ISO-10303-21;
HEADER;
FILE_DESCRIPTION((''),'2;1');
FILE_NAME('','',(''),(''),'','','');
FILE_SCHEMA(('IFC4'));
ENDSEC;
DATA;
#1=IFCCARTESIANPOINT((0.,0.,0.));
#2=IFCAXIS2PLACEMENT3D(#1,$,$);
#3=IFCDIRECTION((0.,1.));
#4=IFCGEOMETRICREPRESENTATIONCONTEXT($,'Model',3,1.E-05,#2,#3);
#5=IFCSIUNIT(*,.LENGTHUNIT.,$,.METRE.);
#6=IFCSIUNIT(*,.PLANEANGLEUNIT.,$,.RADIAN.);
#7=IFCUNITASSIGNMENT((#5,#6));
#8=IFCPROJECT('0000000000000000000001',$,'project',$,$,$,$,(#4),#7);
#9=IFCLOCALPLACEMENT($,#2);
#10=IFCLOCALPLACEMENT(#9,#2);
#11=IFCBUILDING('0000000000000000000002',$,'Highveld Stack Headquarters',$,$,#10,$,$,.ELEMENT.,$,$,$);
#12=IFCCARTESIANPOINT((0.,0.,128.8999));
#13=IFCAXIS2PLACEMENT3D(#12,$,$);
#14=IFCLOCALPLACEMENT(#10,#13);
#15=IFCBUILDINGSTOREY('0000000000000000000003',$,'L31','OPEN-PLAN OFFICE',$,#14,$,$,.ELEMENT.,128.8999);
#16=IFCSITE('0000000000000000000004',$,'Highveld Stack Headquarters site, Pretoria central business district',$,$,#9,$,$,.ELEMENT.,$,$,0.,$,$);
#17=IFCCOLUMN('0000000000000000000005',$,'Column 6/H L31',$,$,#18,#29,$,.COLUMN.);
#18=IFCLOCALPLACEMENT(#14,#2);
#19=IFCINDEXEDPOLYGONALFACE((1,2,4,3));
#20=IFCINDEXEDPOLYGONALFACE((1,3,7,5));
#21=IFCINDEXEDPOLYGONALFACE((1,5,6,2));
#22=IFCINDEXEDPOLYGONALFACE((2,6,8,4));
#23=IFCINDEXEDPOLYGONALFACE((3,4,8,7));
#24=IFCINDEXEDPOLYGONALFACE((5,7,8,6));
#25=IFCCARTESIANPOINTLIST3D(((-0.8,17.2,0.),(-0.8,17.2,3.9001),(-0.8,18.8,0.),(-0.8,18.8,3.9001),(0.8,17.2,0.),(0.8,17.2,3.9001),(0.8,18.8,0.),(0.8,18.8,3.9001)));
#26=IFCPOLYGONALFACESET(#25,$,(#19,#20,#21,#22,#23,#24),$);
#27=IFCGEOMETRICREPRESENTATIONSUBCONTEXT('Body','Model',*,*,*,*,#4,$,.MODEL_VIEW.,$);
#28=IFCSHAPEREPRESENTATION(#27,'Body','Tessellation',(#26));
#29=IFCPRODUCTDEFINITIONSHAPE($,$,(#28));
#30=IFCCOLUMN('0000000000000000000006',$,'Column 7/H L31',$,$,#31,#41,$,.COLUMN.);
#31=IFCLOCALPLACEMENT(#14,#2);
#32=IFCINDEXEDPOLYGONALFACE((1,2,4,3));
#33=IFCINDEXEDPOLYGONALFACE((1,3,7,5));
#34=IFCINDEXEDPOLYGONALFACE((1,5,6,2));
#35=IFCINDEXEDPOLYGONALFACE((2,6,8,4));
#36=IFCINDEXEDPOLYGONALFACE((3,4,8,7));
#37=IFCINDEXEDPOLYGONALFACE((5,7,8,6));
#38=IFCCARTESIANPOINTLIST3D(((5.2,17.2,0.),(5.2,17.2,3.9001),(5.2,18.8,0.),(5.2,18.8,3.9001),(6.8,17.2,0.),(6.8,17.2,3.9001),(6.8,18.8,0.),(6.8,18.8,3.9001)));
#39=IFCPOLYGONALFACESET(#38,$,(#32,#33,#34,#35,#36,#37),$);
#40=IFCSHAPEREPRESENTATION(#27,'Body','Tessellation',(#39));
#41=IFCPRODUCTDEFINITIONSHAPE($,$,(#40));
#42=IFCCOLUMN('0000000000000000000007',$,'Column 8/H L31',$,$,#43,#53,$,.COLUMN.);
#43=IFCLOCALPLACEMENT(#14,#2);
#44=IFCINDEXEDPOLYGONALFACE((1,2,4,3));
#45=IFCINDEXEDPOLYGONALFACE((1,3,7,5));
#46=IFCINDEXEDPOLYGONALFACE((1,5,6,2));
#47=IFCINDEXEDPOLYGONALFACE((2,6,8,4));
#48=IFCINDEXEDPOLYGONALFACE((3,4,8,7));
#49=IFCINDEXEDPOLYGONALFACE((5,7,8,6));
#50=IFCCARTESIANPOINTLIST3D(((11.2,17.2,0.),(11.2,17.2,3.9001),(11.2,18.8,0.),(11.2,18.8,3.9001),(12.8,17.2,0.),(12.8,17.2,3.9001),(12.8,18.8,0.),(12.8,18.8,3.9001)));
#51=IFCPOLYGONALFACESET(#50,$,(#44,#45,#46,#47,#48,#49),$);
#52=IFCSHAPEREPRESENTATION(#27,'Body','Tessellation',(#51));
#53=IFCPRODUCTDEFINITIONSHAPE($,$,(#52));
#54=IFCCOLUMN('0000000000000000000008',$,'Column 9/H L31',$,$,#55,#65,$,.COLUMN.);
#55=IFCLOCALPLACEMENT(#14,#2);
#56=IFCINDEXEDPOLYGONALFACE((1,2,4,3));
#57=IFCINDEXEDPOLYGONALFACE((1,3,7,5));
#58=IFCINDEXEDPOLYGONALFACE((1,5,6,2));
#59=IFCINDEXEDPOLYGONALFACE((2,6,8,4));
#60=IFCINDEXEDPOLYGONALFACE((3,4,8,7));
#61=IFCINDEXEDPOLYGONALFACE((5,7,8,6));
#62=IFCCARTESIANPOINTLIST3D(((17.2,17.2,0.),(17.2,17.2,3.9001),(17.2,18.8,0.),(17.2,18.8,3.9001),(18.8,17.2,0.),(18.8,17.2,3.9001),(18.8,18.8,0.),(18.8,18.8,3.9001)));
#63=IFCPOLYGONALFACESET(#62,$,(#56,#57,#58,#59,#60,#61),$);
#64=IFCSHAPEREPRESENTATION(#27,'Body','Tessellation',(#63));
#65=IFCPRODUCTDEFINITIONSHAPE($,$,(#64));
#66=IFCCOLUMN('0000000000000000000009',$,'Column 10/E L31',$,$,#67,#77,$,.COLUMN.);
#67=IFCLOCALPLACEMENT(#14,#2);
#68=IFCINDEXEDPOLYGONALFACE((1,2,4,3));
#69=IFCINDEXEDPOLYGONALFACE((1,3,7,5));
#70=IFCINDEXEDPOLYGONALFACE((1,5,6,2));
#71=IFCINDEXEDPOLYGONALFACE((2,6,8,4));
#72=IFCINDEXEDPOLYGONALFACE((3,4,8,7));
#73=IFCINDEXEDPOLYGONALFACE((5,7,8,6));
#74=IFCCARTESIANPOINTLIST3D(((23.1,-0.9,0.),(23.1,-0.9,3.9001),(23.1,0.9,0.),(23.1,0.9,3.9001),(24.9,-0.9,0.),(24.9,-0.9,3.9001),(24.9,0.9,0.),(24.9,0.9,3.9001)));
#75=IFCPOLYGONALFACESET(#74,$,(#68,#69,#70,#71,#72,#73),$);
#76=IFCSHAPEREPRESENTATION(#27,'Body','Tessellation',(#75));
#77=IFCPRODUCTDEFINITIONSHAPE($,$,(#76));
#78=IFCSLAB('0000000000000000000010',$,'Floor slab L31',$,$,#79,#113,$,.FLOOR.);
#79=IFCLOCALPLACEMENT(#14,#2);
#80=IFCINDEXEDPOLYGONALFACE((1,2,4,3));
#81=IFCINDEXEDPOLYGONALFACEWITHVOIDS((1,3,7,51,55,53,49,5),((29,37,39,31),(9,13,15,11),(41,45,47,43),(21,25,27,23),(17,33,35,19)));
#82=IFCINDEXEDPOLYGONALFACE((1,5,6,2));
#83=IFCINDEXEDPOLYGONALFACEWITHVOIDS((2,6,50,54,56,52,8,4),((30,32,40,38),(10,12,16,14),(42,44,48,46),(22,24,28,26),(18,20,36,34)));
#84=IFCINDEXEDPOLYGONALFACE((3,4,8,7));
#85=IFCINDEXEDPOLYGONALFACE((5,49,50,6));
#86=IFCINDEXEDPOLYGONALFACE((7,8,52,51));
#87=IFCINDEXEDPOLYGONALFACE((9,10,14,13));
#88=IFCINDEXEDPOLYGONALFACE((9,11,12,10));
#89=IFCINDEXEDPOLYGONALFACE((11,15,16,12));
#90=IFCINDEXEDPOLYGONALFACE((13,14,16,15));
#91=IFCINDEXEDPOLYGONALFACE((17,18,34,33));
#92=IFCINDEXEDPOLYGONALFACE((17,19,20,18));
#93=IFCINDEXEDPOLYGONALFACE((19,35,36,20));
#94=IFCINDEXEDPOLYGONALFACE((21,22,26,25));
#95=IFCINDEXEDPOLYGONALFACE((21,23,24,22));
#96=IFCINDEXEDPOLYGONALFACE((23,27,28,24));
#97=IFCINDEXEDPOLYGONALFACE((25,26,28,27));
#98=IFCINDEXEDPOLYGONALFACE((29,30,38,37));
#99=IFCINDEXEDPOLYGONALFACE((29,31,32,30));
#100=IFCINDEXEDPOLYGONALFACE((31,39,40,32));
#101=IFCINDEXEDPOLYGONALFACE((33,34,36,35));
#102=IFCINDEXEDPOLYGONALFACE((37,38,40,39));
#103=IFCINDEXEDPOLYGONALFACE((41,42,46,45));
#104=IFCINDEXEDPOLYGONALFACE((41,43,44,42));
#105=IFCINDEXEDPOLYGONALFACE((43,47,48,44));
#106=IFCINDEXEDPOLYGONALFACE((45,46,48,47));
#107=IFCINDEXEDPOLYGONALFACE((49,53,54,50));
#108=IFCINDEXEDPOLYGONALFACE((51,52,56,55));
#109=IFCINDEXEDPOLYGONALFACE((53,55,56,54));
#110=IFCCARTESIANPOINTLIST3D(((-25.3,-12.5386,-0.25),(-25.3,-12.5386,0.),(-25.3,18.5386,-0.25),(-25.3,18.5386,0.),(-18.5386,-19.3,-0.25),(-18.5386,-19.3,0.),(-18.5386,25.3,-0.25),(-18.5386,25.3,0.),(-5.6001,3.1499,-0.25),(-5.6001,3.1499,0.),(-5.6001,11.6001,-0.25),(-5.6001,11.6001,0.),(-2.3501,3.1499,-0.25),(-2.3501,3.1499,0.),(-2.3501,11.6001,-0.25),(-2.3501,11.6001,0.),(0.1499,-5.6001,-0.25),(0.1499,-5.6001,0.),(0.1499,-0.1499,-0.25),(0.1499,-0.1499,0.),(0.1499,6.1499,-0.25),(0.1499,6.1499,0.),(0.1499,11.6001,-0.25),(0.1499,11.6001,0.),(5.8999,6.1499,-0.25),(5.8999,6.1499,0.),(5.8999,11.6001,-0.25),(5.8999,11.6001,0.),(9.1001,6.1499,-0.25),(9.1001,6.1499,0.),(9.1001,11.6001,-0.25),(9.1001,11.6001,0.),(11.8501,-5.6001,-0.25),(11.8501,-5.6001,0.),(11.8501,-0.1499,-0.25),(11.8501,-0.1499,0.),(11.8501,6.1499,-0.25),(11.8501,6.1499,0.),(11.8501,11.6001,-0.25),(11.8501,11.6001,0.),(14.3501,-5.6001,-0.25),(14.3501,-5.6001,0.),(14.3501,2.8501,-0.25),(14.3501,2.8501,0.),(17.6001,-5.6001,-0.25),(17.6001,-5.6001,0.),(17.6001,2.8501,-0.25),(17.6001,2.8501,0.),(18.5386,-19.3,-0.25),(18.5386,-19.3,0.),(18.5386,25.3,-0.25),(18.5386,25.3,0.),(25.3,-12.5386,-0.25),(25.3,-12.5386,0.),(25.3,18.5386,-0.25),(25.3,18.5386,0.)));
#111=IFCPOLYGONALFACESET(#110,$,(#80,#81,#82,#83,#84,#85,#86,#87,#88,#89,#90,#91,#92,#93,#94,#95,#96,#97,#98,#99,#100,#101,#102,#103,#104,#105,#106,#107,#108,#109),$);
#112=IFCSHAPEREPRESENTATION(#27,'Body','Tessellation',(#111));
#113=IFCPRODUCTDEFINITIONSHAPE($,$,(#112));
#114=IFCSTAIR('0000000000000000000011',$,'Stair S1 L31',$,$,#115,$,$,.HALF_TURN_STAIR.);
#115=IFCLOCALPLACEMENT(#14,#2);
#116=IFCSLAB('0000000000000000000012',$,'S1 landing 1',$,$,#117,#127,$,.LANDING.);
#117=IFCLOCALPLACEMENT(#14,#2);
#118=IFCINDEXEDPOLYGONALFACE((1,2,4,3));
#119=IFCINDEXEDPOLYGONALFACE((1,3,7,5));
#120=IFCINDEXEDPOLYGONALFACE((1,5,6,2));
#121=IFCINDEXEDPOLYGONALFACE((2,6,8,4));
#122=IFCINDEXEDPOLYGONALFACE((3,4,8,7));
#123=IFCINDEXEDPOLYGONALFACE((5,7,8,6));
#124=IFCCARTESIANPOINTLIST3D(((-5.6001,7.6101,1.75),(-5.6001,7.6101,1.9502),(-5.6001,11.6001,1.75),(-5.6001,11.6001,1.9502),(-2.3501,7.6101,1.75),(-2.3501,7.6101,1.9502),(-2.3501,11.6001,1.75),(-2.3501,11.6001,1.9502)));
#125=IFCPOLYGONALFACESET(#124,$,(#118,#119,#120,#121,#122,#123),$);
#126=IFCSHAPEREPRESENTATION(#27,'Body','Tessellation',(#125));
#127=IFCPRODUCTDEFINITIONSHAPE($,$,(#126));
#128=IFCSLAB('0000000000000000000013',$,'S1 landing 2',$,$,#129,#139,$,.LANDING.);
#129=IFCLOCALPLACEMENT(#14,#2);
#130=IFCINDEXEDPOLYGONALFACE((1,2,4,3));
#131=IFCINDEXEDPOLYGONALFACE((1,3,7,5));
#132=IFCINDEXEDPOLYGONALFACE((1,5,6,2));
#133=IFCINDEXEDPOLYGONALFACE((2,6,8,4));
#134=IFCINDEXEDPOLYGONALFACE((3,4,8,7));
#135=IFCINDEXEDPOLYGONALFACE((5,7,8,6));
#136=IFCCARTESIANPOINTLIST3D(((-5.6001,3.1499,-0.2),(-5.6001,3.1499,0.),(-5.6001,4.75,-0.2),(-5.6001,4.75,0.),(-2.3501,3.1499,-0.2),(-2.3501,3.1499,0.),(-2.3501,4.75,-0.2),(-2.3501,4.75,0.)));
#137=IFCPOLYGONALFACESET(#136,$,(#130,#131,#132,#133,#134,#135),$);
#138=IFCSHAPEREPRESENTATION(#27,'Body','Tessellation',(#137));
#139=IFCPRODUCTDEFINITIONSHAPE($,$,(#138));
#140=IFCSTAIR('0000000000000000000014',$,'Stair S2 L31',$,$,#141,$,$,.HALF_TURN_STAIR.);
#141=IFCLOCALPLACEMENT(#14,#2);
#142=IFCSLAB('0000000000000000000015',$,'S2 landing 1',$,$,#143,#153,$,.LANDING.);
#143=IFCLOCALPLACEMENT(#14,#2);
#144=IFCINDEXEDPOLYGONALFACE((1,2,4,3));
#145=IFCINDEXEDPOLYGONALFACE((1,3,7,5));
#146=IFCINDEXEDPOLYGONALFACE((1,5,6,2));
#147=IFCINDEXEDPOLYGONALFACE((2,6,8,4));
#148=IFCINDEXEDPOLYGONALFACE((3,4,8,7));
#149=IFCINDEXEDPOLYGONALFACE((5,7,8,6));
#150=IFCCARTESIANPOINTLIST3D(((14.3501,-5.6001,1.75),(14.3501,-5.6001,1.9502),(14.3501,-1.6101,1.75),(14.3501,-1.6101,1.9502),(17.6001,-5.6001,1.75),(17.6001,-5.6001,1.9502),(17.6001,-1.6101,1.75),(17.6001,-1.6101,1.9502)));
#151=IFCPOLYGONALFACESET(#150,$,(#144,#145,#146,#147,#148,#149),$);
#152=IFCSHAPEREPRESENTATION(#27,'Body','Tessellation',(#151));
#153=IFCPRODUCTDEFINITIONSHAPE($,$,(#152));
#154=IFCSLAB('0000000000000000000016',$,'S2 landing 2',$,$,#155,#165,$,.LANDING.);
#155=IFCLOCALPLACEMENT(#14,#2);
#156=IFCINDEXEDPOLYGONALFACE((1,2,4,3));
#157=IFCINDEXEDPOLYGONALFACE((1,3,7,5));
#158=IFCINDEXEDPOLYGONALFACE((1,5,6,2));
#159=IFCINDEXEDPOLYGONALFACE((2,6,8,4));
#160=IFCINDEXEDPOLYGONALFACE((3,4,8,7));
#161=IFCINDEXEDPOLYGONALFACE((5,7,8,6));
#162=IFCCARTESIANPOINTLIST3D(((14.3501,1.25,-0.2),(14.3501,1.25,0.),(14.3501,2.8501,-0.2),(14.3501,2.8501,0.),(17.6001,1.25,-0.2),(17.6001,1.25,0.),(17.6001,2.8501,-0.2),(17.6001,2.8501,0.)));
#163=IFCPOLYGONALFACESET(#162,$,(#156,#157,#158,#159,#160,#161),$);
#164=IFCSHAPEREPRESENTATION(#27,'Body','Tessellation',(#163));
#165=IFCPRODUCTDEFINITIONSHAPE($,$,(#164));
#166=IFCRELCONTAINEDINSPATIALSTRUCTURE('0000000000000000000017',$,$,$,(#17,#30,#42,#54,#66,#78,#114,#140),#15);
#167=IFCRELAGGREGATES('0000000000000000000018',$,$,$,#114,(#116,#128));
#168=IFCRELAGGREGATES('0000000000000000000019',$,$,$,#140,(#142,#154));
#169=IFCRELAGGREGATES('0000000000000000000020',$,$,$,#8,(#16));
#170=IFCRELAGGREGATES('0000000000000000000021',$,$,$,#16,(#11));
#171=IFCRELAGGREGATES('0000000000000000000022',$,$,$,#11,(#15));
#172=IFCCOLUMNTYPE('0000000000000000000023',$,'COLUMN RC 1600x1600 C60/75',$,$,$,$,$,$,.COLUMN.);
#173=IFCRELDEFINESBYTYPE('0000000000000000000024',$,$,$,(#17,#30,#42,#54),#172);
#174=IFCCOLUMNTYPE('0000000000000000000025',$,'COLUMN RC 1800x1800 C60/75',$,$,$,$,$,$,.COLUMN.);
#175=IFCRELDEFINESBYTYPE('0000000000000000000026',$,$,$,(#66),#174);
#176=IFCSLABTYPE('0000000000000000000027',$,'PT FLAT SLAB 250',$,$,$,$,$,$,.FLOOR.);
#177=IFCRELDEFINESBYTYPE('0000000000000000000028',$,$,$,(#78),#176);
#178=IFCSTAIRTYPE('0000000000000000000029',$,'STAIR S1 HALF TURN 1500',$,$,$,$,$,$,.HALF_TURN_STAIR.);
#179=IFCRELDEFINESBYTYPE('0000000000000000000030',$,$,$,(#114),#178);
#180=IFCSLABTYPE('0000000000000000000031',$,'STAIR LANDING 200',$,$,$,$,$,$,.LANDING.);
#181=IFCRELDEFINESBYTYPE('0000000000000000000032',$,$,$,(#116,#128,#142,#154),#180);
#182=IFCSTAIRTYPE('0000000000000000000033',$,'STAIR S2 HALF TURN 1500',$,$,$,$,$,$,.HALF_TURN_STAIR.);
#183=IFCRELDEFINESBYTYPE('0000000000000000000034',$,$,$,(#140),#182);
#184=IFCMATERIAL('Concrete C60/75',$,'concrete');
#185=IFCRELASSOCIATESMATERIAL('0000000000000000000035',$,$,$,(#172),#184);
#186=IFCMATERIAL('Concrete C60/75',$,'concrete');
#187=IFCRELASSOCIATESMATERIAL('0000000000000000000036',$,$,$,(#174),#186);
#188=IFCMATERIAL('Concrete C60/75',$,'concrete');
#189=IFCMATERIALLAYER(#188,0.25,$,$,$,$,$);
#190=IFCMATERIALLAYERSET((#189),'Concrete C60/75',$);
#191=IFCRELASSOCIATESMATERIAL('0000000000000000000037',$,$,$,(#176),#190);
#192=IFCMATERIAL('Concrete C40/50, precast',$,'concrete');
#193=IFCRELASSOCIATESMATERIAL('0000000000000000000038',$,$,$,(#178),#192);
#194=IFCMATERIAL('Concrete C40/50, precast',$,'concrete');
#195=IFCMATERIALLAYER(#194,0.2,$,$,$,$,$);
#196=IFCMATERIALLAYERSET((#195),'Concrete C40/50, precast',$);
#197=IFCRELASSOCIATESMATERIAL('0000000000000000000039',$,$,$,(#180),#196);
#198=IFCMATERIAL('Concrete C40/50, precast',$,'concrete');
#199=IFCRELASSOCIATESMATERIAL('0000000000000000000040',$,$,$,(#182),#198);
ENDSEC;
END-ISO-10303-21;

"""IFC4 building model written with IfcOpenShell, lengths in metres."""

from ifc_helpers import new_model, si_unit, direction, frame, origin, origin_2d, place, context, subcontext, project, spatial, polyline, rectangle, outline, extrude, material, layer, layer_set, material_profile, profile_set, type_object, element, aggregate, save


model = new_model("IFC4")

# Units and contexts
model_context = context("Model", 3, precision=1e-05, world=origin(), true_north=direction((0.0, 1.0)))
body_context = subcontext(model_context, "Body", "Model", "MODEL_VIEW")
ifc_project = project(units=[si_unit("LENGTHUNIT", "METRE"), si_unit("PLANEANGLEUNIT", "RADIAN")], contexts=[model_context])

# Site, building, storey
site_placement = place(None, origin())
site = spatial("IfcSite", under=ifc_project, at=site_placement, Name="Highveld Stack Headquarters site, Pretoria central business district", CompositionType="ELEMENT", RefElevation=0.0)
building_placement = place(site_placement, origin())
building = spatial("IfcBuilding", under=site, at=building_placement, Name="Highveld Stack Headquarters", CompositionType="ELEMENT")
storey_placement = place(building_placement, frame((0.0, 0.0, 128.8999)))
storey = spatial("IfcBuildingStorey", under=building, at=storey_placement, Name="L31", Description="OPEN-PLAN OFFICE", CompositionType="ELEMENT", Elevation=128.8999)

# Columns
ifc_material_1 = material(Name="Concrete C60/75", Category="concrete")
ifc_material_profile_1 = material_profile(ifc_material_1, rectangle(XDim=1.6001, YDim=1.6001, at=origin_2d()), Name="RC 1600x1600")
ifc_profile_set_1 = profile_set([ifc_material_profile_1], Name="Concrete C60/75")
column_type_1 = type_object("IfcColumnType", Name="COLUMN RC 1600x1600 C60/75", PredefinedType="COLUMN", material=ifc_profile_set_1)
for number, where, z_axis, x_axis, name in (
    (1, (0.0, 18.0, 0.0), (0.0, 0.0, 1.0), (1.0, 0.0, 0.0), "Column 6/H L31"),
    (2, (6.0, 18.0, 0.0), (0.0, 0.0, 1.0), (1.0, 0.0, 0.0), "Column 7/H L31"),
    (3, (12.0, 18.0, 0.0), (0.0, 0.0, 1.0), (1.0, 0.0, 0.0), "Column 8/H L31"),
    (4, (18.0, 18.0, 0.0), (0.0, 0.0, 1.0), (1.0, 0.0, 0.0), "Column 9/H L31"),
):
    element("IfcColumn", number, at=place(storey_placement, frame(where, z_axis=z_axis, x_axis=x_axis)), inside=storey, type_object=column_type_1, Name=name, PredefinedType="COLUMN", context=body_context, shape_type="SweptSolid", body=[
        extrude(rectangle(XDim=1.6001, YDim=1.6001, at=origin_2d()), origin(), (0.0, 0.0, 1.0), 3.9001),
    ])
ifc_material_2 = material(Name="Concrete C60/75", Category="concrete")
ifc_material_profile_2 = material_profile(ifc_material_2, rectangle(XDim=1.8, YDim=1.8, at=origin_2d()), Name="RC 1800x1800")
ifc_profile_set_2 = profile_set([ifc_material_profile_2], Name="Concrete C60/75")
column_type_2 = type_object("IfcColumnType", Name="COLUMN RC 1800x1800 C60/75", PredefinedType="COLUMN", material=ifc_profile_set_2)
column_placement = place(storey_placement, frame((24.0, 0.0, 0.0), z_axis=(0.0, 0.0, 1.0), x_axis=(1.0, 0.0, 0.0)))
element("IfcColumn", 5, at=column_placement, inside=storey, type_object=column_type_2, Name="Column 10/E L31", PredefinedType="COLUMN", context=body_context, shape_type="SweptSolid", body=[
    extrude(rectangle(XDim=1.8, YDim=1.8, at=origin_2d()), origin(), (0.0, 0.0, 1.0), 3.9001),
])

# Slab
ifc_material_3 = material(Name="Concrete C60/75", Category="concrete")
ifc_layer_1 = layer(ifc_material_3, 0.25)
ifc_layer_set_1 = layer_set([ifc_layer_1], Name="Concrete C60/75")
slab_type_1 = type_object("IfcSlabType", Name="PT FLAT SLAB 250", PredefinedType="FLOOR", material=ifc_layer_set_1)
slab_1_placement = place(storey_placement, frame((0.0, 0.0, -0.25)))
element("IfcSlab", 6, at=slab_1_placement, inside=storey, type_object=slab_type_1, Name="Floor slab L31", PredefinedType="FLOOR", context=body_context, shape_type="SweptSolid", body=[
    extrude(outline(polyline([(-18.5386, -19.3), (18.5386, -19.3), (25.3, -12.5386), (25.3, 18.5386), (18.5386, 25.3), (-18.5386, 25.3), (-25.3, 18.5386), (-25.3, -12.5386), (-18.5386, -19.3)]), holes=[polyline([(0.1499, 6.1499), (5.8999, 6.1499), (5.8999, 11.6001), (0.1499, 11.6001), (0.1499, 6.1499)]), polyline([(9.1001, 6.1499), (11.8501, 6.1499), (11.8501, 11.6001), (9.1001, 11.6001), (9.1001, 6.1499)]), polyline([(0.1499, -5.6001), (11.8501, -5.6001), (11.8501, -0.1499), (0.1499, -0.1499), (0.1499, -5.6001)]), polyline([(-5.6001, 3.1499), (-2.3501, 3.1499), (-2.3501, 11.6001), (-5.6001, 11.6001), (-5.6001, 3.1499)]), polyline([(14.3501, -5.6001), (17.6001, -5.6001), (17.6001, 2.8501), (14.3501, 2.8501), (14.3501, -5.6001)])]), origin(), (0.0, 0.0, 1.0), 0.25),
])

# Stairs, slabs
ifc_material_4 = material(Name="Concrete C40/50, precast", Category="concrete")
stair_type_1 = type_object("IfcStairType", Name="STAIR S1 HALF TURN 1500", PredefinedType="HALF_TURN_STAIR", material=ifc_material_4)
stair_1_placement = place(storey_placement, origin())
stair_1 = element("IfcStair", 7, at=stair_1_placement, inside=storey, type_object=stair_type_1, Name="Stair S1 L31", PredefinedType="HALF_TURN_STAIR")
ifc_material_5 = material(Name="Concrete C40/50, precast", Category="concrete")
ifc_layer_2 = layer(ifc_material_5, 0.2)
ifc_layer_set_2 = layer_set([ifc_layer_2], Name="Concrete C40/50, precast")
slab_type_2 = type_object("IfcSlabType", Name="STAIR LANDING 200", PredefinedType="LANDING", material=ifc_layer_set_2)
slab_2_placement = place(storey_placement, frame((0.0, 0.0, 1.75)))
slab_2 = element("IfcSlab", 8, at=slab_2_placement, type_object=slab_type_2, Name="S1 landing 1", PredefinedType="LANDING", context=body_context, shape_type="SweptSolid", body=[
    extrude(outline(polyline([(-5.6001, 7.6101), (-2.3501, 7.6101), (-2.3501, 11.6001), (-5.6001, 11.6001), (-5.6001, 7.6101)])), origin(), (0.0, 0.0, 1.0), 0.2002),
])
slab_3_placement = place(storey_placement, frame((0.0, 0.0, -0.2)))
slab_3 = element("IfcSlab", 9, at=slab_3_placement, type_object=slab_type_2, Name="S1 landing 2", PredefinedType="LANDING", context=body_context, shape_type="SweptSolid", body=[
    extrude(outline(polyline([(-5.6001, 3.1499), (-2.3501, 3.1499), (-2.3501, 4.75), (-5.6001, 4.75), (-5.6001, 3.1499)])), origin(), (0.0, 0.0, 1.0), 0.2),
])
aggregate(stair_1, [slab_2, slab_3])
ifc_material_6 = material(Name="Concrete C40/50, precast", Category="concrete")
stair_type_2 = type_object("IfcStairType", Name="STAIR S2 HALF TURN 1500", PredefinedType="HALF_TURN_STAIR", material=ifc_material_6)
stair_2_placement = place(storey_placement, origin())
stair_2 = element("IfcStair", 10, at=stair_2_placement, inside=storey, type_object=stair_type_2, Name="Stair S2 L31", PredefinedType="HALF_TURN_STAIR")
slab_4_placement = place(storey_placement, frame((0.0, 0.0, 1.75)))
slab_4 = element("IfcSlab", 11, at=slab_4_placement, type_object=slab_type_2, Name="S2 landing 1", PredefinedType="LANDING", context=body_context, shape_type="SweptSolid", body=[
    extrude(outline(polyline([(14.3501, -5.6001), (17.6001, -5.6001), (17.6001, -1.6101), (14.3501, -1.6101), (14.3501, -5.6001)])), origin(), (0.0, 0.0, 1.0), 0.2002),
])
slab_5_placement = place(storey_placement, frame((0.0, 0.0, -0.2)))
slab_5 = element("IfcSlab", 12, at=slab_5_placement, type_object=slab_type_2, Name="S2 landing 2", PredefinedType="LANDING", context=body_context, shape_type="SweptSolid", body=[
    extrude(outline(polyline([(14.3501, 1.25), (17.6001, 1.25), (17.6001, 2.8501), (14.3501, 2.8501), (14.3501, 1.25)])), origin(), (0.0, 0.0, 1.0), 0.2),
])

aggregate(stair_2, [slab_4, slab_5])

save(model, "model.ifc")
